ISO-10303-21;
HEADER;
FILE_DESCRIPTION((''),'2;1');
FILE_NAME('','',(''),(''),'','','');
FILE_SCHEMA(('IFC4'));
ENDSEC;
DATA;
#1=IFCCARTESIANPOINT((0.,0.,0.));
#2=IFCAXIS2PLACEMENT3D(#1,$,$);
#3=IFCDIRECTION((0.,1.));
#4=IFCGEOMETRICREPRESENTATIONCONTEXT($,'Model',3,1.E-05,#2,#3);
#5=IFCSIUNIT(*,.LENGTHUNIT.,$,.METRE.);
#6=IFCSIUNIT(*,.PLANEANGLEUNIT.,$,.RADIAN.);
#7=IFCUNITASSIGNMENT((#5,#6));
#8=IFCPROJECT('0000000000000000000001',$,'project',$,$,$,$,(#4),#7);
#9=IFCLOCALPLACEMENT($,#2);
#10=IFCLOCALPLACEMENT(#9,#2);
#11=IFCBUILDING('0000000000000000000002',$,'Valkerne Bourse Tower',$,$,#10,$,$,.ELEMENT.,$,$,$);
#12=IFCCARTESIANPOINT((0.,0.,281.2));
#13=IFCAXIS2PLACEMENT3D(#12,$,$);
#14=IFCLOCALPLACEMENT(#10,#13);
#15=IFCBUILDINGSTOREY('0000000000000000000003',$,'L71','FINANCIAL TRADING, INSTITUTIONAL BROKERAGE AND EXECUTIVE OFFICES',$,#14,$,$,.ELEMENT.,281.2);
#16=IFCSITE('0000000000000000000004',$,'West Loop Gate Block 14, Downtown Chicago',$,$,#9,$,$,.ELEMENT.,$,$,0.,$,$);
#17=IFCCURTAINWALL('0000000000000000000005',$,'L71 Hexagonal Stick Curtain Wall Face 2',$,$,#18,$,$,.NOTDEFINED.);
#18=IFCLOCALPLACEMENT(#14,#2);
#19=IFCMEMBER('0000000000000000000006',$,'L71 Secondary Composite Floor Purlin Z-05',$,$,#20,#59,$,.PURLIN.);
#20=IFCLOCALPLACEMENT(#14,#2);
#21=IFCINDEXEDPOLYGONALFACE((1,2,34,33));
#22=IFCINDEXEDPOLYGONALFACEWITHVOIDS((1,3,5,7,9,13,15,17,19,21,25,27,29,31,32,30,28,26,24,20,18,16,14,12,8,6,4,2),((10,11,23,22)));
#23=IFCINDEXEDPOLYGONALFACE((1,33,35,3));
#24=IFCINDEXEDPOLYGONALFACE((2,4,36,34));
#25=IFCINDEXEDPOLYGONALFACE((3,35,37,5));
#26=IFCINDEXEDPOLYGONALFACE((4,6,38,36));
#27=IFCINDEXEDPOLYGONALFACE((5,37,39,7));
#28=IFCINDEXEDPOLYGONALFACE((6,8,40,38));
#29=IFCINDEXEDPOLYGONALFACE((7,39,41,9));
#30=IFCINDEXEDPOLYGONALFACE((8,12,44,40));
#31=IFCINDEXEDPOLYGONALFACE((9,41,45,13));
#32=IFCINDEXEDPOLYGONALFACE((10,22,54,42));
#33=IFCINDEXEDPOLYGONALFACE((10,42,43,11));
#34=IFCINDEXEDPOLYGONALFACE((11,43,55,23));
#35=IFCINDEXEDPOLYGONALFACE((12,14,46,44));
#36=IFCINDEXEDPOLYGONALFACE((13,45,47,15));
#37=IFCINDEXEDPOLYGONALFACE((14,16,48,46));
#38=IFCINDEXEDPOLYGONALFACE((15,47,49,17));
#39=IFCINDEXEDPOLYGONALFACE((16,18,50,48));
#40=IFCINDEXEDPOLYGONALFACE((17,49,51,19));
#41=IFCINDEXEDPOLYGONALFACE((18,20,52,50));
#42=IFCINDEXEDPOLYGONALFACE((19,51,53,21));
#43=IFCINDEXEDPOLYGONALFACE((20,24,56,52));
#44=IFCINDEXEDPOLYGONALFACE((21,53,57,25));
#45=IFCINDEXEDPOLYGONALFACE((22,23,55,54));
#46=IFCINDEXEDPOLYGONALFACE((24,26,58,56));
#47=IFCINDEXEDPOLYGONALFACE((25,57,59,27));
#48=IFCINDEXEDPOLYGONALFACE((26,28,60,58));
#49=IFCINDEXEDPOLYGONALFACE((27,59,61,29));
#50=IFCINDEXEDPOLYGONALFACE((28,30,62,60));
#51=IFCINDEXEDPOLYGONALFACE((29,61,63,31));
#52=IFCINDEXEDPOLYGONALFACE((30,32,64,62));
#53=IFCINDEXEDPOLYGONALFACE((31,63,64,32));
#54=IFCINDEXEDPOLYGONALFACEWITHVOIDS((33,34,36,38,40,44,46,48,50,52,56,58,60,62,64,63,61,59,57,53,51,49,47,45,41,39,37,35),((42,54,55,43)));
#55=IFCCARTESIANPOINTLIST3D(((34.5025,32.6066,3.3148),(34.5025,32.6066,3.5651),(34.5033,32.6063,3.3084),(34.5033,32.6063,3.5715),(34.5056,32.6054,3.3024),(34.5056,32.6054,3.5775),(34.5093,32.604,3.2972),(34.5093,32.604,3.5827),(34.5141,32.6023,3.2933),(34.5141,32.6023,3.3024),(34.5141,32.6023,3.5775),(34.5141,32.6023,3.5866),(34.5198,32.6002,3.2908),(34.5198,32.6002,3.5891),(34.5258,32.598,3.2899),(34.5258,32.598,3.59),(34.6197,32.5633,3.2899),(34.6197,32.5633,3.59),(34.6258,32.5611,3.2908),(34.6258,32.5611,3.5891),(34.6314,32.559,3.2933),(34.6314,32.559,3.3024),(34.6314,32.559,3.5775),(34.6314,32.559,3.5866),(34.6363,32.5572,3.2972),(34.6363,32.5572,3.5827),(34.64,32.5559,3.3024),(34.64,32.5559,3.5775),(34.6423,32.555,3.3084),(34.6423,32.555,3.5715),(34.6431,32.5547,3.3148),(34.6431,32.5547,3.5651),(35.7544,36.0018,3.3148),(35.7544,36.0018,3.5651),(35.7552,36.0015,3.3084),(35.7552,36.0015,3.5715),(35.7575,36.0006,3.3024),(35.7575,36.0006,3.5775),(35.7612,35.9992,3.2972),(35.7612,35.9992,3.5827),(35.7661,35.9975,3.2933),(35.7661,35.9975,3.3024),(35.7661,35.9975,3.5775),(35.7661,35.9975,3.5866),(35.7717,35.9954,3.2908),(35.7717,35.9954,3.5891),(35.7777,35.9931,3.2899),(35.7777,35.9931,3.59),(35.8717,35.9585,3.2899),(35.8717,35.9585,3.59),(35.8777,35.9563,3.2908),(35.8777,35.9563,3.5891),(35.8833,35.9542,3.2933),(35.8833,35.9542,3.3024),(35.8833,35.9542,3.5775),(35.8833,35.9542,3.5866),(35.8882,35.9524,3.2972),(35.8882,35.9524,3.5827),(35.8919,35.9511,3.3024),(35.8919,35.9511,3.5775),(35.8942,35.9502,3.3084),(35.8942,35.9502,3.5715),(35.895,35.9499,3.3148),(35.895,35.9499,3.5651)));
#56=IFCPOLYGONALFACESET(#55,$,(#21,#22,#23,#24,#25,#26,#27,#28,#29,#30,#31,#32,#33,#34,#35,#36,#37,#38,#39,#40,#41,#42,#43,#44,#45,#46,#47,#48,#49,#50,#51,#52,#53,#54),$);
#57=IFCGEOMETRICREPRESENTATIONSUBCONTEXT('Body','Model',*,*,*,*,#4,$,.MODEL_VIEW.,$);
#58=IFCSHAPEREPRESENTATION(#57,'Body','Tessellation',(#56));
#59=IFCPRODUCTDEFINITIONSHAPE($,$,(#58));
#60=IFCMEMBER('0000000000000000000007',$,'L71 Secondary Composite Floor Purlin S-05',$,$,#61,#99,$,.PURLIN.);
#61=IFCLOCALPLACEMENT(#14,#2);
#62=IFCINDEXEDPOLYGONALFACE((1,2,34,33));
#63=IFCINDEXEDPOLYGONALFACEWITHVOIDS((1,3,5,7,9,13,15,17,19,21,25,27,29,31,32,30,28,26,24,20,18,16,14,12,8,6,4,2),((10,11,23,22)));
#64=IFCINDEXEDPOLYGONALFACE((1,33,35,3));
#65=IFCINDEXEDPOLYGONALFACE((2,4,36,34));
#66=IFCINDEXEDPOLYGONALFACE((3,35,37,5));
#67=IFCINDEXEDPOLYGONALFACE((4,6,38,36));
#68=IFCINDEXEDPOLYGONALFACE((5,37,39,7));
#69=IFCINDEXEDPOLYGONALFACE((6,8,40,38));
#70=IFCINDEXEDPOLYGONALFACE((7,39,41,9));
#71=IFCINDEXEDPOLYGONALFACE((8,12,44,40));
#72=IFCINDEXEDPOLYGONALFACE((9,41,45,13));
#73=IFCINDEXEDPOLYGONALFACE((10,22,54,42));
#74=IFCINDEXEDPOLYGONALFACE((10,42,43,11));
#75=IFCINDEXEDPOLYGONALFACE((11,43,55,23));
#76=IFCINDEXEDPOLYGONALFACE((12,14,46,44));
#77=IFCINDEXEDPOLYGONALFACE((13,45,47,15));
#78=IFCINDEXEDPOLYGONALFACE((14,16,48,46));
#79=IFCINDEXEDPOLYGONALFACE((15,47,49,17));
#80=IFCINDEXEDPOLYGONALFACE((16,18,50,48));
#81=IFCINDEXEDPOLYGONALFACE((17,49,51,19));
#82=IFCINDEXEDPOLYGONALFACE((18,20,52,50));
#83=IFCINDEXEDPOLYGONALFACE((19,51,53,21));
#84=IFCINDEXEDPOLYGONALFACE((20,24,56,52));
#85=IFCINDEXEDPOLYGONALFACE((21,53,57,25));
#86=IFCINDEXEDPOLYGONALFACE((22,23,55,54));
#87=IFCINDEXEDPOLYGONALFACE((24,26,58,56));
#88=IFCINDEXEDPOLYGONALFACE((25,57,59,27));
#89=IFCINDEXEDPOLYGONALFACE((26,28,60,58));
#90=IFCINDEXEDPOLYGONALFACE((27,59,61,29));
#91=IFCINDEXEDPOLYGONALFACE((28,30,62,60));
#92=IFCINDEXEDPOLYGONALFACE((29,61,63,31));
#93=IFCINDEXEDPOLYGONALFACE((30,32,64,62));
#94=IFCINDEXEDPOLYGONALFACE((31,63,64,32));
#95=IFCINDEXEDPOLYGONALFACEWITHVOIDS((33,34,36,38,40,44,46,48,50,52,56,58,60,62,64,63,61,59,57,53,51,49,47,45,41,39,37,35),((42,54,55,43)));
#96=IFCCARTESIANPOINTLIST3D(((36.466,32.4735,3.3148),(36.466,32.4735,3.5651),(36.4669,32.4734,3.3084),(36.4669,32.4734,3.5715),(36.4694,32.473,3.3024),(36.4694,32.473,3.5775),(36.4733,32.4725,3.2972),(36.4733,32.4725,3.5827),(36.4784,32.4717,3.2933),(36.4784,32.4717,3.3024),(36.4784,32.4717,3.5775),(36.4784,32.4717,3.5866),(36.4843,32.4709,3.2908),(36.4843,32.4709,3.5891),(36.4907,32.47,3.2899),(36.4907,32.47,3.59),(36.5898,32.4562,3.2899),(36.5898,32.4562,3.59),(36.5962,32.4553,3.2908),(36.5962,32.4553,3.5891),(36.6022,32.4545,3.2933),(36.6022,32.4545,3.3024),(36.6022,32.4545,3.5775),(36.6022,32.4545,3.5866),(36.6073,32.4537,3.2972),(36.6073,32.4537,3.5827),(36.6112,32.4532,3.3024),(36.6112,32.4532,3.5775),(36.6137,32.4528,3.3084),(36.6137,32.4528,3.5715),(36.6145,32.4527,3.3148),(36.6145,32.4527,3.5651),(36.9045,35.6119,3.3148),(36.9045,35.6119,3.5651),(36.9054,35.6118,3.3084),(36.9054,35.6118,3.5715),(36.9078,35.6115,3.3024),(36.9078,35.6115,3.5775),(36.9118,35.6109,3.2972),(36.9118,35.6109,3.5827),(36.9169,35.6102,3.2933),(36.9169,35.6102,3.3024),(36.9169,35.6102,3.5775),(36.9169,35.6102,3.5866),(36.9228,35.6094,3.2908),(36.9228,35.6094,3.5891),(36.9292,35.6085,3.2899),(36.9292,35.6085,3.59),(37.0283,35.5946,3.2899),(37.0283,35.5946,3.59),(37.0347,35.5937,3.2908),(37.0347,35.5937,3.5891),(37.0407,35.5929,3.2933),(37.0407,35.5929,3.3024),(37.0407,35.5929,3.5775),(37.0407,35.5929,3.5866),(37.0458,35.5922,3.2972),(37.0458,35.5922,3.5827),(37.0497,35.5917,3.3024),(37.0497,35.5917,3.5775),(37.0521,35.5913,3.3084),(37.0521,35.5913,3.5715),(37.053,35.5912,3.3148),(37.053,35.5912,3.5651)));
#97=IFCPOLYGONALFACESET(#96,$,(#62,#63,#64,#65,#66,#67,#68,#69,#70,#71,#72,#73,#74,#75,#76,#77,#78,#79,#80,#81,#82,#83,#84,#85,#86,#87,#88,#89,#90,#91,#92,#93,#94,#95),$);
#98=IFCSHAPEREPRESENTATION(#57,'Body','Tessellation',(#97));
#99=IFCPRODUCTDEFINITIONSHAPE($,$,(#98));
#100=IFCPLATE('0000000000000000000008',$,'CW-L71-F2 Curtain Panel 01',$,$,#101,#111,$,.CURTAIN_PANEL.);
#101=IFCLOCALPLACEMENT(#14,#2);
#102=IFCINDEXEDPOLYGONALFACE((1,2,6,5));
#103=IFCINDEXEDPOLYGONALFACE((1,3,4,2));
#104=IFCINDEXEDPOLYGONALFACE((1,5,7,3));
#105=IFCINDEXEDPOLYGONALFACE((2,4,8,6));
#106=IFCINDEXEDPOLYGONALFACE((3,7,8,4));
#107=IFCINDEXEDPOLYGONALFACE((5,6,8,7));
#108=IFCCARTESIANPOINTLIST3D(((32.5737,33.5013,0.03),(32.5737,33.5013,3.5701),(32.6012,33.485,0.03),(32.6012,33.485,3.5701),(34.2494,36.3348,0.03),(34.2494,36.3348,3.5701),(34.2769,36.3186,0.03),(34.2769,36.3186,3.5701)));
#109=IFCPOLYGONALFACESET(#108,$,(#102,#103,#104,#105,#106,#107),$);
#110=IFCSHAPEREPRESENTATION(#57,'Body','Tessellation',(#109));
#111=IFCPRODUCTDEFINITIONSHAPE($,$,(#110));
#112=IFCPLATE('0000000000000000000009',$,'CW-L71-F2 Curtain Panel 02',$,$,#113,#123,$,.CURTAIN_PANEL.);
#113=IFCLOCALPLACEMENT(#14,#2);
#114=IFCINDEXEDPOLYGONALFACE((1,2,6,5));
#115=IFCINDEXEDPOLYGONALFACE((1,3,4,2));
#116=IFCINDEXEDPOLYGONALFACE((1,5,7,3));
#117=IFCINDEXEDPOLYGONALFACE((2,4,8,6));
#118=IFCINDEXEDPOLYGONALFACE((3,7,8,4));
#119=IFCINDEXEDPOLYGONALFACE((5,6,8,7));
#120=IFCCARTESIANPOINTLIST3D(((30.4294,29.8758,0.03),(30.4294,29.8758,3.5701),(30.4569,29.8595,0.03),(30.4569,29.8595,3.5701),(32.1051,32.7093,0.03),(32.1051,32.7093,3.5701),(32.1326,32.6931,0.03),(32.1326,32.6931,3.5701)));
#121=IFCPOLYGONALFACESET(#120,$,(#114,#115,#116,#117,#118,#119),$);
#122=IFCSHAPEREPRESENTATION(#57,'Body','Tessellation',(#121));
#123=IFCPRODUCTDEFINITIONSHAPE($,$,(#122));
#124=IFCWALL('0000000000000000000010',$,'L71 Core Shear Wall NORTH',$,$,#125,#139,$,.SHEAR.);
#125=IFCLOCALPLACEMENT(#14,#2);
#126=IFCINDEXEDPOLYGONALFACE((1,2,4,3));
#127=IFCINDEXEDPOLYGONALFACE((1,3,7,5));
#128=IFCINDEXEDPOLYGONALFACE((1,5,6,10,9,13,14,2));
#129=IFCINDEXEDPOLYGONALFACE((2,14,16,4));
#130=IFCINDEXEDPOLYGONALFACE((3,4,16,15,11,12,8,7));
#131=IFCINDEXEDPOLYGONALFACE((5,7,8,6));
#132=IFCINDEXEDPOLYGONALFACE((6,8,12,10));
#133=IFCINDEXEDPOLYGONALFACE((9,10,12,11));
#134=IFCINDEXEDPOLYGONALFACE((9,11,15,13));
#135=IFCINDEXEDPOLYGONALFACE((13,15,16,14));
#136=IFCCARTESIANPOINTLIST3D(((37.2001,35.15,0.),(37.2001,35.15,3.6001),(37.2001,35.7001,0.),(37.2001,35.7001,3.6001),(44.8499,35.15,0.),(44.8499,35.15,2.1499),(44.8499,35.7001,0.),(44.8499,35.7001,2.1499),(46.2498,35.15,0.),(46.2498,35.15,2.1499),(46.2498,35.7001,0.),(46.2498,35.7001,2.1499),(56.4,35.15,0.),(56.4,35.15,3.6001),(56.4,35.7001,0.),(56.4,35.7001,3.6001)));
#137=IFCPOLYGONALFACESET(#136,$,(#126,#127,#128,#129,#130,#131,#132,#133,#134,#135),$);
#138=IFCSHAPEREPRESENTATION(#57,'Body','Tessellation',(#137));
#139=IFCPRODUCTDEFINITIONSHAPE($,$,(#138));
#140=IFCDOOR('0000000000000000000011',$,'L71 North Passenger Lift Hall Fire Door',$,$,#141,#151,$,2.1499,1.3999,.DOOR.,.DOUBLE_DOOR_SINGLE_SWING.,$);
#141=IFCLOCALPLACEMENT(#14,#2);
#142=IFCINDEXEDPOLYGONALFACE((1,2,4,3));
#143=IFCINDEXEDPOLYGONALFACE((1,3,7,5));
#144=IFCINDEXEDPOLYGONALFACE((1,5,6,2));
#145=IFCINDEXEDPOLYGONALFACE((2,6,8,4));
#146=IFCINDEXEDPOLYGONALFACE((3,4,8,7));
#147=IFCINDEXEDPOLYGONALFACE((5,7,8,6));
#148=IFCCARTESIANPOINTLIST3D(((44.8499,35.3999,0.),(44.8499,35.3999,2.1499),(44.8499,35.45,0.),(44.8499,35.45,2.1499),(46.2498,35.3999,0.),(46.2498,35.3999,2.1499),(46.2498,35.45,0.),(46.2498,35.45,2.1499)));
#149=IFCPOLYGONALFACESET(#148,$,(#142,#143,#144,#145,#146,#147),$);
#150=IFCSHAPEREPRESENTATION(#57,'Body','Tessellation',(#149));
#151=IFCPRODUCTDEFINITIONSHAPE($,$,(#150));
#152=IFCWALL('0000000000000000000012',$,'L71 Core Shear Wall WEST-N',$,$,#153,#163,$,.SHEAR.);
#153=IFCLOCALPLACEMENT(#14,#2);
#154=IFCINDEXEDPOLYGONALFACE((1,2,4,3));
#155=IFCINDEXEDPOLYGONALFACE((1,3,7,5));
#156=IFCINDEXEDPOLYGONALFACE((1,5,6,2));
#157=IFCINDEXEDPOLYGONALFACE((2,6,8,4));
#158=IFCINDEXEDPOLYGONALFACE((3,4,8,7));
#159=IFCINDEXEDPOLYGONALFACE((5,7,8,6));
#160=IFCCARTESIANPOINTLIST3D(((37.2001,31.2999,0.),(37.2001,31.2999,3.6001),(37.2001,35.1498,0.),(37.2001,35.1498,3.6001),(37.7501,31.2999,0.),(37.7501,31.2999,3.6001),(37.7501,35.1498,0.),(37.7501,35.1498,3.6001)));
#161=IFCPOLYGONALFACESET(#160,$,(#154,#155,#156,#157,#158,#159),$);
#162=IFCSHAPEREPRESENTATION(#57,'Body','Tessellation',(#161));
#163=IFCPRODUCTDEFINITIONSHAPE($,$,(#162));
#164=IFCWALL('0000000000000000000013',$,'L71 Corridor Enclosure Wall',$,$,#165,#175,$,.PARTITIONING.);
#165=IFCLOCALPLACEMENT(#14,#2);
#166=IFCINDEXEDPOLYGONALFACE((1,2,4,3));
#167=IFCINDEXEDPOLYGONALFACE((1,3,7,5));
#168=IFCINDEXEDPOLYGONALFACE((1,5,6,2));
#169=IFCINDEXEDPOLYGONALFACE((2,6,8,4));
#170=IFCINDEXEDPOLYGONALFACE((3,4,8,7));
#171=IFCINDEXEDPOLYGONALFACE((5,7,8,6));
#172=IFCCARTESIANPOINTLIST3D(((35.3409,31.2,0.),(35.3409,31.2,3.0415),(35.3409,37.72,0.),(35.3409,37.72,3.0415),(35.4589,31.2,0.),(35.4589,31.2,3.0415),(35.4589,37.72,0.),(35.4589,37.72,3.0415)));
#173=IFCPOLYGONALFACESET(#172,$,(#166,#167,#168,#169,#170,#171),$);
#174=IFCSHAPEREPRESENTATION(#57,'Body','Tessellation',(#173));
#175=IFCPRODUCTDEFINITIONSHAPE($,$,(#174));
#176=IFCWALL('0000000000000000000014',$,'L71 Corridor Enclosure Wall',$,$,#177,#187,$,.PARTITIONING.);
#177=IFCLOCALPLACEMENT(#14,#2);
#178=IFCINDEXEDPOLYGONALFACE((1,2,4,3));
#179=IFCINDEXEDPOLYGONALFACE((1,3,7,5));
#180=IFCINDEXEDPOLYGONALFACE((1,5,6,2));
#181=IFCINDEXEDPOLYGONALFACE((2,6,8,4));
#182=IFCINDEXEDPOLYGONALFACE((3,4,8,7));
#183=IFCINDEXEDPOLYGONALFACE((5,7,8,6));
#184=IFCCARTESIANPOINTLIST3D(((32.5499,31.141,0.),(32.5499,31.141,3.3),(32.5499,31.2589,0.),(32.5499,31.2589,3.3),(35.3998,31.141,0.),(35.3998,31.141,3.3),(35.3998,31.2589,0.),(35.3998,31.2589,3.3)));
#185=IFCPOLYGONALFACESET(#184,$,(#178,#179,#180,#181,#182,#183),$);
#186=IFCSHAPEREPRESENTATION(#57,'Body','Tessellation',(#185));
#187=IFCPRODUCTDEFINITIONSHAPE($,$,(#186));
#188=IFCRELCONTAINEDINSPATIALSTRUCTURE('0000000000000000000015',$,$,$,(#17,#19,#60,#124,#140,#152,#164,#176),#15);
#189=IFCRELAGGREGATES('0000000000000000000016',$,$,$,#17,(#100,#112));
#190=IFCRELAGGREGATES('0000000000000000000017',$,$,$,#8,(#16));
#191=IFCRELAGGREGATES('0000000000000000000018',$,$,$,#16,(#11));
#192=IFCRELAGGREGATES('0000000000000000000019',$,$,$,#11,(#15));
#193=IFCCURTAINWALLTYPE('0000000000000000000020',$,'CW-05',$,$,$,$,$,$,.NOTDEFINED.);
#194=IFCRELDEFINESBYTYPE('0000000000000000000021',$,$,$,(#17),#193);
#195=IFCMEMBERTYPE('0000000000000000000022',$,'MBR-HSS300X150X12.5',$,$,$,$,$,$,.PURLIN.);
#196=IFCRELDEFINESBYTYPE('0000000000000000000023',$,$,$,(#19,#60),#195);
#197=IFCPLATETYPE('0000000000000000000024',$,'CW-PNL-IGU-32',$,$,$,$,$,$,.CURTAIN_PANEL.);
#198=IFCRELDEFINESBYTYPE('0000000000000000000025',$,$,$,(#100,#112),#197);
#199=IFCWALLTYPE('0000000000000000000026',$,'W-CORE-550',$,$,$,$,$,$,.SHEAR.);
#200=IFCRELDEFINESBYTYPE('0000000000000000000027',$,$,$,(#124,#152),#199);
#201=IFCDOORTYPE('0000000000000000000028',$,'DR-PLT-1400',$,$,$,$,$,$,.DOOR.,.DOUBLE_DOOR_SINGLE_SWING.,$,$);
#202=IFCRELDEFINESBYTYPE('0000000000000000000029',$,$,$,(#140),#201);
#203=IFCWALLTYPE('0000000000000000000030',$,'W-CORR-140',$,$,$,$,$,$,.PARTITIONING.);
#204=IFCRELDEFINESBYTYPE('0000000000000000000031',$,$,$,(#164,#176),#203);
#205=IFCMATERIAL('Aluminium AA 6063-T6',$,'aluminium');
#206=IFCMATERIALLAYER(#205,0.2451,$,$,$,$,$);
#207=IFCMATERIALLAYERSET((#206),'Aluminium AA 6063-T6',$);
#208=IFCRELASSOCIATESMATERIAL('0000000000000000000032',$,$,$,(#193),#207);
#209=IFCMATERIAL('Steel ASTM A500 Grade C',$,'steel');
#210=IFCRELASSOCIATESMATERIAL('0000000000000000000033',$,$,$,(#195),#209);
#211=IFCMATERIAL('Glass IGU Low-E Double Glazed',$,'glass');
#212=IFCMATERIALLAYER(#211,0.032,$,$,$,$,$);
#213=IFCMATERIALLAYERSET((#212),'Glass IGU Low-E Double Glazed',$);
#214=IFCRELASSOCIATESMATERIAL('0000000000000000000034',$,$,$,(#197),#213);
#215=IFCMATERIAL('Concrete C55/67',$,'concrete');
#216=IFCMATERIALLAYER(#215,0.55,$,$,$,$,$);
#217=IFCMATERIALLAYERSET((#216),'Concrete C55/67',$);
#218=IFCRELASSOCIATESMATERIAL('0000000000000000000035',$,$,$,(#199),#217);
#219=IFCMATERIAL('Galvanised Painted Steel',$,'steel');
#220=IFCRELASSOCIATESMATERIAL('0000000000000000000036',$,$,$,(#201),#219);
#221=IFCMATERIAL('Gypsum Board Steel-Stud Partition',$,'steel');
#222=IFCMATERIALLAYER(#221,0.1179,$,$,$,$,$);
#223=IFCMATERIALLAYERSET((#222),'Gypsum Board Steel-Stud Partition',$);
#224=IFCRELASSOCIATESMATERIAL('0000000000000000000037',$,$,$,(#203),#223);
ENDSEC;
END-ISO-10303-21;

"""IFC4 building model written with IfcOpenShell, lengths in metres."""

from ifc_helpers import new_model, si_unit, direction, frame, frame_2d, origin, origin_2d, place, context, subcontext, project, spatial, rectangle, hollow_rectangle, extrude, material, layer, layer_set, material_profile, profile_set, type_object, element, fill, aggregate, save


model = new_model("IFC4")

# Units and contexts
model_context = context("Model", 3, precision=1e-05, world=origin(), true_north=direction((0.0, 1.0)))
body_context = subcontext(model_context, "Body", "Model", "MODEL_VIEW")
ifc_project = project(units=[si_unit("LENGTHUNIT", "METRE"), si_unit("PLANEANGLEUNIT", "RADIAN")], contexts=[model_context])

# Site, building, storey
site_placement = place(None, origin())
site = spatial("IfcSite", under=ifc_project, at=site_placement, Name="West Loop Gate Block 14, Downtown Chicago", CompositionType="ELEMENT", RefElevation=0.0)
building_placement = place(site_placement, origin())
building = spatial("IfcBuilding", under=site, at=building_placement, Name="Valkerne Bourse Tower", CompositionType="ELEMENT")
storey_placement = place(building_placement, frame((0.0, 0.0, 281.2)))
storey = spatial("IfcBuildingStorey", under=building, at=storey_placement, Name="L71", Description="FINANCIAL TRADING, INSTITUTIONAL BROKERAGE AND EXECUTIVE OFFICES", CompositionType="ELEMENT", Elevation=281.2)

# Curtain wall
ifc_material_1 = material(Name="Aluminium AA 6063-T6", Category="aluminium")
ifc_layer_1 = layer(ifc_material_1, 0.2451)
ifc_layer_set_1 = layer_set([ifc_layer_1], Name="Aluminium AA 6063-T6")
curtain_wall_type = type_object("IfcCurtainWallType", Name="CW-05", PredefinedType="NOTDEFINED", material=ifc_layer_set_1)
curtain_wall_placement = place(storey_placement, origin())
curtain_wall = element("IfcCurtainWall", 1, at=curtain_wall_placement, inside=storey, type_object=curtain_wall_type, Name="L71 Hexagonal Stick Curtain Wall Face 2", PredefinedType="NOTDEFINED")

# Members
ifc_material_2 = material(Name="Steel ASTM A500 Grade C", Category="steel")
ifc_material_profile_1 = material_profile(ifc_material_2, hollow_rectangle(XDim=0.1499, YDim=0.3, WallThickness=0.0125, OuterFilletRadius=0.0249, at=origin_2d()), Name="HSS300X150X12.5")
ifc_profile_set_1 = profile_set([ifc_material_profile_1], Name="Steel ASTM A500 Grade C")
member_type_1 = type_object("IfcMemberType", Name="MBR-HSS300X150X12.5", PredefinedType="PURLIN", material=ifc_profile_set_1)
member_1_placement = place(storey_placement, frame((35.8247, 35.9758, 3.4399), z_axis=(-0.345965, -0.938247, 0.0), x_axis=(0.938247, -0.345965, 0.0)))
element("IfcMember", 2, at=member_1_placement, inside=storey, type_object=member_type_1, Name="L71 Secondary Composite Floor Purlin Z-05", PredefinedType="PURLIN", context=body_context, shape_type="SweptSolid", body=[
    extrude(hollow_rectangle(XDim=0.1499, YDim=0.3, WallThickness=0.0125, OuterFilletRadius=0.0249, at=origin_2d()), origin(), (0.0, 0.0, 1.0), 3.6187),
])
member_2_placement = place(storey_placement, frame((36.9788, 35.6016, 3.4399), z_axis=(-0.138368, -0.990381, 0.0), x_axis=(0.990381, -0.138368, 0.0)))
element("IfcMember", 3, at=member_2_placement, inside=storey, type_object=member_type_1, Name="L71 Secondary Composite Floor Purlin S-05", PredefinedType="PURLIN", context=body_context, shape_type="SweptSolid", body=[
    extrude(hollow_rectangle(XDim=0.1499, YDim=0.3, WallThickness=0.0125, OuterFilletRadius=0.0249, at=origin_2d()), origin(), (0.0, 0.0, 1.0), 3.1689),
])

# Plates
ifc_material_3 = material(Name="Glass IGU Low-E Double Glazed", Category="glass")
ifc_layer_2 = layer(ifc_material_3, 0.032)
ifc_layer_set_2 = layer_set([ifc_layer_2], Name="Glass IGU Low-E Double Glazed")
plate_type = type_object("IfcPlateType", Name="CW-PNL-IGU-32", PredefinedType="CURTAIN_PANEL", material=ifc_layer_set_2)
plate_1_placement = place(storey_placement, frame((33.4253, 34.9099, 0.03), z_axis=(0.0, 0.0, 1.0), x_axis=(-0.509032, -0.860748, 0.0)))
plate_1 = element("IfcPlate", 4, at=plate_1_placement, type_object=plate_type, Name="CW-L71-F2 Curtain Panel 01", PredefinedType="CURTAIN_PANEL", context=body_context, shape_type="SweptSolid", body=[
    extrude(rectangle(XDim=3.292, YDim=0.032, at=origin_2d()), origin(), (0.0, 0.0, 1.0), 3.54),
])
plate_2_placement = place(storey_placement, frame((31.281, 31.2844, 0.03), z_axis=(0.0, 0.0, 1.0), x_axis=(-0.509039, -0.860744, 0.0)))
plate_2 = element("IfcPlate", 5, at=plate_2_placement, type_object=plate_type, Name="CW-L71-F2 Curtain Panel 02", PredefinedType="CURTAIN_PANEL", context=body_context, shape_type="SweptSolid", body=[
    extrude(rectangle(XDim=3.292, YDim=0.032, at=origin_2d()), origin(), (0.0, 0.0, 1.0), 3.54),
])
aggregate(curtain_wall, [plate_1, plate_2])

# Wall, opening, door
ifc_material_4 = material(Name="Concrete C55/67", Category="concrete")
ifc_layer_3 = layer(ifc_material_4, 0.55)
ifc_layer_set_3 = layer_set([ifc_layer_3], Name="Concrete C55/67")
wall_type_1 = type_object("IfcWallType", Name="W-CORE-550", PredefinedType="SHEAR", material=ifc_layer_set_3)
wall_1_placement = place(storey_placement, frame((37.2, 35.425, 0.0), z_axis=(0.0, 0.0, 1.0), x_axis=(1.0, 0.0, 0.0)))
wall_1 = element("IfcWall", 6, at=wall_1_placement, inside=storey, type_object=wall_type_1, Name="L71 Core Shear Wall NORTH", PredefinedType="SHEAR", context=body_context, shape_type="SweptSolid", body=[
    extrude(rectangle(XDim=19.2, YDim=0.55, at=frame_2d((9.6001, 0.0))), origin(), (0.0, 0.0, 1.0), 3.6001),
])
opening_placement = place(wall_1_placement, frame((7.6499, 0.0, 0.0)))
opening = element("IfcOpeningElement", 7, at=opening_placement, cuts=wall_1, PredefinedType="OPENING", context=body_context, shape_type="SweptSolid", body=[
    extrude(rectangle(XDim=1.3999, YDim=2.1499, at=frame_2d((0.7, 1.075))), frame((0.0, 0.2849, 0.0), z_axis=(0.0, -1.0, 0.0), x_axis=(1.0, 0.0, 0.0)), (0.0, 0.0, 1.0), 0.5701),
])
ifc_material_5 = material(Name="Galvanised Painted Steel", Category="steel")
door_type = type_object("IfcDoorType", Name="DR-PLT-1400", OperationType="DOUBLE_DOOR_SINGLE_SWING", PredefinedType="DOOR", material=ifc_material_5)
door_placement = place(opening_placement, origin())
door = element("IfcDoor", 8, at=door_placement, inside=storey, type_object=door_type, Name="L71 North Passenger Lift Hall Fire Door", OperationType="DOUBLE_DOOR_SINGLE_SWING", OverallHeight=2.1499, OverallWidth=1.3999, PredefinedType="DOOR", context=body_context, shape_type="SweptSolid", body=[
    extrude(rectangle(XDim=1.3999, YDim=2.1499, at=frame_2d((0.7, 1.075))), frame((0.0, 0.0249, 0.0), z_axis=(0.0, -1.0, 0.0), x_axis=(1.0, 0.0, 0.0)), (0.0, 0.0, 1.0), 0.05),
])
fill(opening, door)

# Walls
wall_2_placement = place(storey_placement, frame((37.4751, 31.3, 0.0), z_axis=(0.0, 0.0, 1.0), x_axis=(0.0, 1.0, 0.0)))
element("IfcWall", 9, at=wall_2_placement, inside=storey, type_object=wall_type_1, Name="L71 Core Shear Wall WEST-N", PredefinedType="SHEAR", context=body_context, shape_type="SweptSolid", body=[
    extrude(rectangle(XDim=3.8499, YDim=0.55, at=frame_2d((1.9248, 0.0))), origin(), (0.0, 0.0, 1.0), 3.6001),
])
ifc_material_6 = material(Name="Gypsum Board Steel-Stud Partition", Category="steel")
ifc_layer_4 = layer(ifc_material_6, 0.1179)
ifc_layer_set_4 = layer_set([ifc_layer_4], Name="Gypsum Board Steel-Stud Partition")
wall_type_2 = type_object("IfcWallType", Name="W-CORR-140", PredefinedType="PARTITIONING", material=ifc_layer_set_4)
wall_3_placement = place(storey_placement, frame((35.3999, 31.2, 0.0), z_axis=(0.0, 0.0, 1.0), x_axis=(0.0, 1.0, 0.0)))
element("IfcWall", 10, at=wall_3_placement, inside=storey, type_object=wall_type_2, Name="L71 Corridor Enclosure Wall", PredefinedType="PARTITIONING", context=body_context, shape_type="SweptSolid", body=[
    extrude(rectangle(XDim=6.52, YDim=0.1179, at=frame_2d((3.26, 0.0))), origin(), (0.0, 0.0, 1.0), 3.0415),
])
wall_4_placement = place(storey_placement, frame((32.55, 31.2, 0.0), z_axis=(0.0, 0.0, 1.0), x_axis=(1.0, 0.0, 0.0)))
element("IfcWall", 11, at=wall_4_placement, inside=storey, type_object=wall_type_2, Name="L71 Corridor Enclosure Wall", PredefinedType="PARTITIONING", context=body_context, shape_type="SweptSolid", body=[
    extrude(rectangle(XDim=2.8499, YDim=0.1179, at=frame_2d((1.4248, 0.0))), origin(), (0.0, 0.0, 1.0), 3.3),
])

save(model, "model.ifc")
